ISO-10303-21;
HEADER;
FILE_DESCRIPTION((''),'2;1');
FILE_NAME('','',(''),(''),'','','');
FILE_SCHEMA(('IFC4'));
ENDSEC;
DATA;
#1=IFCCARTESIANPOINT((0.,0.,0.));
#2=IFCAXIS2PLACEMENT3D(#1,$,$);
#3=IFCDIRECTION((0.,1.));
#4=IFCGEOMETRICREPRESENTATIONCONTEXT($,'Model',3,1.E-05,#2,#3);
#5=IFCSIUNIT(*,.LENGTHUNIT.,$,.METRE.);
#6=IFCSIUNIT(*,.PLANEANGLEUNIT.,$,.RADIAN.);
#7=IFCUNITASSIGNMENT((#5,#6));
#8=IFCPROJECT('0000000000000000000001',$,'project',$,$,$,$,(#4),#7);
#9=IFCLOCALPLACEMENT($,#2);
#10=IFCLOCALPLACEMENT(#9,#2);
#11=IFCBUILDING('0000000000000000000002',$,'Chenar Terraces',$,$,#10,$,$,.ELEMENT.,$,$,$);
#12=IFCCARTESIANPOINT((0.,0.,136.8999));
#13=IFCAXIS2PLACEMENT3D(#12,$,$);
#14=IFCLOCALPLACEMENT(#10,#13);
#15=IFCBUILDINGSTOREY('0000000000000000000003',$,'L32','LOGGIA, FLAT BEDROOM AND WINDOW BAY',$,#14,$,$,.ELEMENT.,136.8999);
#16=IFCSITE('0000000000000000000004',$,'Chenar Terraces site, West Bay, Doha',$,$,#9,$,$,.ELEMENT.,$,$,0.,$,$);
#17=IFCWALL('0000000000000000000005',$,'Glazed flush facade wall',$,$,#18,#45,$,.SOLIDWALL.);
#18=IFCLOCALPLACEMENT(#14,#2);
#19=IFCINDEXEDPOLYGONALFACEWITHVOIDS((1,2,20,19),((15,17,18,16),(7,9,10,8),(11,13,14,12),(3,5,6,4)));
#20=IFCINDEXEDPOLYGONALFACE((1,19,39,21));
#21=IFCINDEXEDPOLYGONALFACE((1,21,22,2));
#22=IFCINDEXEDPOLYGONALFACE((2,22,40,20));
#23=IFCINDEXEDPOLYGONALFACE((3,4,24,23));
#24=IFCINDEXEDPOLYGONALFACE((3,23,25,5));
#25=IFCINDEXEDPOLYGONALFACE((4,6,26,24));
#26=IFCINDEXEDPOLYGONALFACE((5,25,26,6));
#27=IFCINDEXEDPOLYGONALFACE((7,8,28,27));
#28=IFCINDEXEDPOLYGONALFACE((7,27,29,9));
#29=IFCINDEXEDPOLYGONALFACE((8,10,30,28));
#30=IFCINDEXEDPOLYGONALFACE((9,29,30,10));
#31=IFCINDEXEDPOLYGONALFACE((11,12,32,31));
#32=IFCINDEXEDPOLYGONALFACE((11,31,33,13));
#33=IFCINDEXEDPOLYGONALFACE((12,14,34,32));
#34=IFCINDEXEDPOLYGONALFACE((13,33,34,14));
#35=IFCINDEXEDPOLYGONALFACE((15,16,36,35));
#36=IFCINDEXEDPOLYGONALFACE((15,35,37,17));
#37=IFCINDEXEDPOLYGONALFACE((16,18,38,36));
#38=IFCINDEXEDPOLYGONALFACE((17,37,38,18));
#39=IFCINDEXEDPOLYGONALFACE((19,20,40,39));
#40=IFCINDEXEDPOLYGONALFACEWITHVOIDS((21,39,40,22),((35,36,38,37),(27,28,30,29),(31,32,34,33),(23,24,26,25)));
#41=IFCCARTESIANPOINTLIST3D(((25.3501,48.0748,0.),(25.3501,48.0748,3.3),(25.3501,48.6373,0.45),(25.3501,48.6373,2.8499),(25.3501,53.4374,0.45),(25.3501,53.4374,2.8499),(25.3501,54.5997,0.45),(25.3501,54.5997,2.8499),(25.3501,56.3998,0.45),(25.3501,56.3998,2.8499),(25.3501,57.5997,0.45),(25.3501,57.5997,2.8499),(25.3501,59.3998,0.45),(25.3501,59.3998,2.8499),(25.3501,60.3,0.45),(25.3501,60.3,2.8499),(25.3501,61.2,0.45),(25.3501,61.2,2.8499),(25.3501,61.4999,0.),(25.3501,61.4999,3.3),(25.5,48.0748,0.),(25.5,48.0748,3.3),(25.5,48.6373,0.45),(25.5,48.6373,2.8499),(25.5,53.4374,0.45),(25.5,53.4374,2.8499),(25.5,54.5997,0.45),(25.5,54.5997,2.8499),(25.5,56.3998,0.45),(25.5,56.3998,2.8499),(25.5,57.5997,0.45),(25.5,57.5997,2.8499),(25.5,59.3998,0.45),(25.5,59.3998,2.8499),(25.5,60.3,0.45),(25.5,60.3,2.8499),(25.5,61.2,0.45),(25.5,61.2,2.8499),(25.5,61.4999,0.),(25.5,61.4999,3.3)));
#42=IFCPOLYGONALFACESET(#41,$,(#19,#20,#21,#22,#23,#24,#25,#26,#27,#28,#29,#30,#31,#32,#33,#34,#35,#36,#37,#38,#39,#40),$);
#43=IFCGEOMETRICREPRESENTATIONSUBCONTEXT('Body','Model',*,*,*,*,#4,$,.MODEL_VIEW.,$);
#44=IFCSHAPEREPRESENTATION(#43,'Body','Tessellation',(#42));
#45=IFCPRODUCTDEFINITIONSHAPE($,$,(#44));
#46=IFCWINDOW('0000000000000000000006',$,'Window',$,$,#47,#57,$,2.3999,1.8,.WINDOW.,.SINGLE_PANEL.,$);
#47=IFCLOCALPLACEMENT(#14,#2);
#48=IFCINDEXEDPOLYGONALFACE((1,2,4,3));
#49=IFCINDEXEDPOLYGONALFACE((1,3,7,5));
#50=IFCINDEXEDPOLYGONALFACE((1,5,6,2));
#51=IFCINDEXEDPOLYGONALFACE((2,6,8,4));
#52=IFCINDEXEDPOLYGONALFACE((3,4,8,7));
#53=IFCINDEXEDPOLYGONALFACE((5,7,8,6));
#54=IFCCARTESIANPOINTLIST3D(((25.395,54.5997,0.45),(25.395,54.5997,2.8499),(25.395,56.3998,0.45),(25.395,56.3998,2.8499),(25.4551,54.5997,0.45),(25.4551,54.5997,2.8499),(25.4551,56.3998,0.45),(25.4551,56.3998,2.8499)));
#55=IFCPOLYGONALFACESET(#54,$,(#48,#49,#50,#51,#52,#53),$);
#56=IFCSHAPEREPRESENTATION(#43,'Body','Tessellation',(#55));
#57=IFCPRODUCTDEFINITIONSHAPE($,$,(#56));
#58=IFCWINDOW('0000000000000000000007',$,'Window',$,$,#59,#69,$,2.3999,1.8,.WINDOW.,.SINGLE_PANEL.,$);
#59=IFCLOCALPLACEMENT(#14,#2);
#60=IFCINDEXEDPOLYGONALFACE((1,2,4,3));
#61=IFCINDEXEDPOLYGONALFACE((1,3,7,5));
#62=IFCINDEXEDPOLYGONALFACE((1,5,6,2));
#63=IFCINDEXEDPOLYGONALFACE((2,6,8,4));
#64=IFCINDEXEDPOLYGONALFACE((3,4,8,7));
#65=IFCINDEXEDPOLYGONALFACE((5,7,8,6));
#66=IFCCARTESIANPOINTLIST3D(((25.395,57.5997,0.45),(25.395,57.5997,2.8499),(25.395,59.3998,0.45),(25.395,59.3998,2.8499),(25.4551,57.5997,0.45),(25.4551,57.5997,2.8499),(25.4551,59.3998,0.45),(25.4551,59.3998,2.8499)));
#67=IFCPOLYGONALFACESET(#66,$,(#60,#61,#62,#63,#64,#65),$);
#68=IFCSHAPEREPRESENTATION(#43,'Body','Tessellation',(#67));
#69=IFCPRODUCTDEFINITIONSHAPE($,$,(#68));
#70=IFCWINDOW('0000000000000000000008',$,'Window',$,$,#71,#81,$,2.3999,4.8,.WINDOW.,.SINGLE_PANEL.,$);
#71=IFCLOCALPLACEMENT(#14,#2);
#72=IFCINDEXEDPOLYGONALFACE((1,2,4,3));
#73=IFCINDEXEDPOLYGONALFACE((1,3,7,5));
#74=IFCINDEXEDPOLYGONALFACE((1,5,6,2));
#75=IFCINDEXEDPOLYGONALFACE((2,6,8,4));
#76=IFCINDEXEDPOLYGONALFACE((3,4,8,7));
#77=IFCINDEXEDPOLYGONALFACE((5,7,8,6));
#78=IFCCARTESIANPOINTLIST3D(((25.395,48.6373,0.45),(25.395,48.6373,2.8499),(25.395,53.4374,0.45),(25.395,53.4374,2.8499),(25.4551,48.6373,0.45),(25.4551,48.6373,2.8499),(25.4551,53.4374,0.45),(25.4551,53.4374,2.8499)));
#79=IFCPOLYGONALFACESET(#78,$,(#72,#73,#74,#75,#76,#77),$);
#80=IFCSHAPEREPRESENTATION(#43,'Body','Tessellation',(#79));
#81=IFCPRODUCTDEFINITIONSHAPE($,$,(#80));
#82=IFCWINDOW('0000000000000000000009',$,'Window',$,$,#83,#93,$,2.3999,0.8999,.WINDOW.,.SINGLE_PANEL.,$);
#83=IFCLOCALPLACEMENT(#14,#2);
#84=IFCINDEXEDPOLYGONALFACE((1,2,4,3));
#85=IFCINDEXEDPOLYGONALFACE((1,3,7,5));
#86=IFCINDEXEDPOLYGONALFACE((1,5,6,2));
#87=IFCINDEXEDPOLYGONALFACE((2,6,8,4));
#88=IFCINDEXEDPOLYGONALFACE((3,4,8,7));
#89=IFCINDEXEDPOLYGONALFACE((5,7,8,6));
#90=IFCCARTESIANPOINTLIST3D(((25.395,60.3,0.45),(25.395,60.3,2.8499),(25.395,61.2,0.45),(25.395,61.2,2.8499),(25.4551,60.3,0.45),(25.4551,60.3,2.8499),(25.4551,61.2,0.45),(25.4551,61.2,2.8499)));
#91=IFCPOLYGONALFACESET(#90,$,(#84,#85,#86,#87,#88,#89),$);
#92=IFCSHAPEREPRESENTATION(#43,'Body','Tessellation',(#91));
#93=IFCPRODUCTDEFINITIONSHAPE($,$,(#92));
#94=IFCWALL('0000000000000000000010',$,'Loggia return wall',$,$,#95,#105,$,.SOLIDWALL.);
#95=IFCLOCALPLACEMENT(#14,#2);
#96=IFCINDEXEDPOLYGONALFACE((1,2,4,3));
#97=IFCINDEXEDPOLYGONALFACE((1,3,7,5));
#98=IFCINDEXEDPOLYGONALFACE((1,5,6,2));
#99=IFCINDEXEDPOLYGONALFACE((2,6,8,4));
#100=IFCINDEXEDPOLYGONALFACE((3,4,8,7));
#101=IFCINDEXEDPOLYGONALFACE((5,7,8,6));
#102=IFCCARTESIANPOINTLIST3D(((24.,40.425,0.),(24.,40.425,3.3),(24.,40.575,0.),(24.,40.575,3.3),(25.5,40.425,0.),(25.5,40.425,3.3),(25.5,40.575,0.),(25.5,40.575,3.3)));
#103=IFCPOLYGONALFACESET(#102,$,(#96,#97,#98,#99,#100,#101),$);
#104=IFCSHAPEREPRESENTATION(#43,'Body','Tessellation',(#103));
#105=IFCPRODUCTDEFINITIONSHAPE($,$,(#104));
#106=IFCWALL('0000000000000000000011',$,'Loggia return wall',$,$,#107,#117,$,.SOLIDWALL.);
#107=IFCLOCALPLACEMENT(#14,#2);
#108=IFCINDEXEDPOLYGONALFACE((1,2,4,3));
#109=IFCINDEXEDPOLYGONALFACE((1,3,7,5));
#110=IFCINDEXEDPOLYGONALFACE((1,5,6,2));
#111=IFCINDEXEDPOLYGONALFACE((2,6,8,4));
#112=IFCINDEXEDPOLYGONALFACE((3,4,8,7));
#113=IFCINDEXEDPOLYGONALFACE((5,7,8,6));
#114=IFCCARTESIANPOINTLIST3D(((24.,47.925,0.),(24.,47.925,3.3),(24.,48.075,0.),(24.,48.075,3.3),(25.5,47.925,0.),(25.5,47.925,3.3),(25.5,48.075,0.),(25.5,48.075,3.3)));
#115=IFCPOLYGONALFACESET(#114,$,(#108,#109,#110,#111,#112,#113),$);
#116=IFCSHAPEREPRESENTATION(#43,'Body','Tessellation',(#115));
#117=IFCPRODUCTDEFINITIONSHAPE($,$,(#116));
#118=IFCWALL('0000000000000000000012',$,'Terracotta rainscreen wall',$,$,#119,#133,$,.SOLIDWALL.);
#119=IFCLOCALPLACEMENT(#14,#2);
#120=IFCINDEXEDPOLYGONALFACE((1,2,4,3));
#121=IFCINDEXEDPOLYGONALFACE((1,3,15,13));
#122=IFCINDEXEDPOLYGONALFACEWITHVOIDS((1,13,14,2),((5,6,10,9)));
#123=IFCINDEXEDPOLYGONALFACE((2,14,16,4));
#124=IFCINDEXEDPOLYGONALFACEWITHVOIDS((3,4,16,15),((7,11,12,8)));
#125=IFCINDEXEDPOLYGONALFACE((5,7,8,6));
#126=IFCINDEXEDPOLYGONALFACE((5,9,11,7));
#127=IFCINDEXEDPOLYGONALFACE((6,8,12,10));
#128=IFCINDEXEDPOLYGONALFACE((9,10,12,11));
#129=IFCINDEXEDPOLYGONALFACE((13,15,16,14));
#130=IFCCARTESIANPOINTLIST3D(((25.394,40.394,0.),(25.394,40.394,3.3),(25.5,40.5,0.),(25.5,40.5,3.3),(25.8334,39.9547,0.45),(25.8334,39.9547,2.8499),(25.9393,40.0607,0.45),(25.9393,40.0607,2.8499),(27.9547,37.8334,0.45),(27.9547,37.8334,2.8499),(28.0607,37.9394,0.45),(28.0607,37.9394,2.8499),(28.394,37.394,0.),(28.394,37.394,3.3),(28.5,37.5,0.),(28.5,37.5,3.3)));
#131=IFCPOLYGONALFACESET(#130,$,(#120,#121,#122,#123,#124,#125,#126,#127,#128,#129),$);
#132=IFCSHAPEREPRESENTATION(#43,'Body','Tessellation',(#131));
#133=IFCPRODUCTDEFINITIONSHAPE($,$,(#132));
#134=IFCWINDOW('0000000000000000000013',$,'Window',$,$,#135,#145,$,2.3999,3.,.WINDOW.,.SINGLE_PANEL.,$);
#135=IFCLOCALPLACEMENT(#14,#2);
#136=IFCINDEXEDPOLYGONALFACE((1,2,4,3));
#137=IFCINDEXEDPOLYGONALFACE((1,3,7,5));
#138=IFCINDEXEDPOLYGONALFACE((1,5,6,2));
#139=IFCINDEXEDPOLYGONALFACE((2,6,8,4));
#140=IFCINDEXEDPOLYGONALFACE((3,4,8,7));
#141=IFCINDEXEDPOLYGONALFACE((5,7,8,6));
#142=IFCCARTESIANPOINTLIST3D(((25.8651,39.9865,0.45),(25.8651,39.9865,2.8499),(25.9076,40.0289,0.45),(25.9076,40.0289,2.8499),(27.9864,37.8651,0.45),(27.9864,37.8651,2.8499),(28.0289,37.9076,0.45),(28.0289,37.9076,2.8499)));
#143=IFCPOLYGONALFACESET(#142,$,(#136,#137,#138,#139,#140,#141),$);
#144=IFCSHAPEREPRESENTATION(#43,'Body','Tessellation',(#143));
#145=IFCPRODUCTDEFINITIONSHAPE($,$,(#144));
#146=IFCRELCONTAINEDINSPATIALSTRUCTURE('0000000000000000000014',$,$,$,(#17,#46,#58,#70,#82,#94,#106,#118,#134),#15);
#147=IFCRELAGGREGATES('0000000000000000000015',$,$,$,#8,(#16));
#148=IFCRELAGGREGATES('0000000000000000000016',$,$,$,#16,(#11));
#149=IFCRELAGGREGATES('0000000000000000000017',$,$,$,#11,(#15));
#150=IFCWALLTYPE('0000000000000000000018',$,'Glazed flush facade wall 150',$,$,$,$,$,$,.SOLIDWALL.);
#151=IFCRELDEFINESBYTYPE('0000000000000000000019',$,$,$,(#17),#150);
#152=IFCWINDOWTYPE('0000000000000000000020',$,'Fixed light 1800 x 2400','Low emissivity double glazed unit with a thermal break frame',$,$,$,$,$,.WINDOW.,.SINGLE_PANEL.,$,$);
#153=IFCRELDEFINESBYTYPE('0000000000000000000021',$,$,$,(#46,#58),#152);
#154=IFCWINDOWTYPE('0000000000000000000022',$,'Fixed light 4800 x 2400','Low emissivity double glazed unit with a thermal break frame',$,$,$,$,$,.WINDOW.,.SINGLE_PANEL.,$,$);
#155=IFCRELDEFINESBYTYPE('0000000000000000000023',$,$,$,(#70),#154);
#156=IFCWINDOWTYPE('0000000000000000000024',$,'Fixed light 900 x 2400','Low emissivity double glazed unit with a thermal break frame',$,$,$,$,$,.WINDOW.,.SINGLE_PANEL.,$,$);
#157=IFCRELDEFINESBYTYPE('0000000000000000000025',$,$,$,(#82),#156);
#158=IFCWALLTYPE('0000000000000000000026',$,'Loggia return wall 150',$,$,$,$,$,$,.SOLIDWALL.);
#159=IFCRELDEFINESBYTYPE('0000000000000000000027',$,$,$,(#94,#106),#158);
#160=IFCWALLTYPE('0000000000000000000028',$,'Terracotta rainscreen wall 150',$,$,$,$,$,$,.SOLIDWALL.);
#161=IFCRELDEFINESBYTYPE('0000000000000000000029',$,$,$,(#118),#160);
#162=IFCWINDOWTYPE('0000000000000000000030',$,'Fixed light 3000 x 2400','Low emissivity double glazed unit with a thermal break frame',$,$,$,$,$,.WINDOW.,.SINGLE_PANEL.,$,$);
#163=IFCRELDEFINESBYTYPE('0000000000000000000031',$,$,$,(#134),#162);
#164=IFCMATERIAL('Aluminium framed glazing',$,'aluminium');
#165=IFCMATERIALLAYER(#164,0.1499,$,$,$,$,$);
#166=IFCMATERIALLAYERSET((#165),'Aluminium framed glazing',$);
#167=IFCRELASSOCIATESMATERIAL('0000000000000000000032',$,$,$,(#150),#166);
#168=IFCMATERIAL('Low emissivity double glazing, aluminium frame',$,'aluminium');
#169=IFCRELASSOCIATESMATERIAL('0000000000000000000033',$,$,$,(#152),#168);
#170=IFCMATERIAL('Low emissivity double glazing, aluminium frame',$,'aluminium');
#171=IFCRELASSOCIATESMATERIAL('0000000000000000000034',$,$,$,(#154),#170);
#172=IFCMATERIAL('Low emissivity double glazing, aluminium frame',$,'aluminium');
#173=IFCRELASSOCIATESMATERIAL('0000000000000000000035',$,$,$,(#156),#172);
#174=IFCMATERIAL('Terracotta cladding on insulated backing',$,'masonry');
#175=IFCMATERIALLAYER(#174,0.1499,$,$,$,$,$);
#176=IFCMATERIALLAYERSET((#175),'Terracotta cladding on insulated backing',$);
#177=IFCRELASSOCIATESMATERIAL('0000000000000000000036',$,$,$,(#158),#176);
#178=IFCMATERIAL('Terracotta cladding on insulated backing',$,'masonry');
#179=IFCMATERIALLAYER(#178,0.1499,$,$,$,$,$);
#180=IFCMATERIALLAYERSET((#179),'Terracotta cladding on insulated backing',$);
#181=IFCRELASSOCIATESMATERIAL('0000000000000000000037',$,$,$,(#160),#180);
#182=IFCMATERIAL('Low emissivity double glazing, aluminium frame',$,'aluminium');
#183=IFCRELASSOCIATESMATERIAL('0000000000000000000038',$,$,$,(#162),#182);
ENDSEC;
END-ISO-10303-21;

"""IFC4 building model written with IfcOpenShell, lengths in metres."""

from ifc_helpers import new_model, si_unit, direction, frame, frame_2d, origin, place, context, subcontext, project, spatial, rectangle, extrude, material, layer, layer_set, type_object, element, fill, save


model = new_model("IFC4")

# Units and contexts
model_context = context("Model", 3, precision=1e-05, world=origin(), true_north=direction((0.0, 1.0)))
body_context = subcontext(model_context, "Body", "Model", "MODEL_VIEW")
ifc_project = project(units=[si_unit("LENGTHUNIT", "METRE"), si_unit("PLANEANGLEUNIT", "RADIAN")], contexts=[model_context])

# Site, building, storey
site_placement = place(None, origin())
site = spatial("IfcSite", under=ifc_project, at=site_placement, Name="Chenar Terraces site, West Bay, Doha", CompositionType="ELEMENT", RefElevation=0.0)
building_placement = place(site_placement, origin())
building = spatial("IfcBuilding", under=site, at=building_placement, Name="Chenar Terraces", CompositionType="ELEMENT")
storey_placement = place(building_placement, frame((0.0, 0.0, 136.8999)))
storey = spatial("IfcBuildingStorey", under=building, at=storey_placement, Name="L32", Description="LOGGIA, FLAT BEDROOM AND WINDOW BAY", CompositionType="ELEMENT", Elevation=136.8999)

# Wall, openings, windows
ifc_material_1 = material(Name="Aluminium framed glazing", Category="aluminium")
ifc_layer_1 = layer(ifc_material_1, 0.1499)
ifc_layer_set_1 = layer_set([ifc_layer_1], Name="Aluminium framed glazing")
wall_type_1 = type_object("IfcWallType", Name="Glazed flush facade wall 150", PredefinedType="SOLIDWALL", material=ifc_layer_set_1)
wall_1_placement = place(storey_placement, frame((25.425, 48.075, 0.0), z_axis=(0.0, 0.0, 1.0), x_axis=(0.0, 1.0, 0.0)))
wall_1 = element("IfcWall", 1, at=wall_1_placement, inside=storey, type_object=wall_type_1, Name="Glazed flush facade wall", PredefinedType="SOLIDWALL", context=body_context, shape_type="SweptSolid", body=[
    extrude(rectangle(XDim=13.425, YDim=0.1499, at=frame_2d((6.7124, 0.0))), origin(), (0.0, 0.0, 1.0), 3.3),
])
opening_1_placement = place(wall_1_placement, frame((0.5625, 0.0, 0.45)))
opening_1 = element("IfcOpeningElement", 2, at=opening_1_placement, cuts=wall_1, PredefinedType="OPENING", context=body_context, shape_type="SweptSolid", body=[
    extrude(rectangle(XDim=4.8, YDim=2.3999, at=frame_2d((2.3999, 1.2))), frame((0.0, 0.085, 0.0), z_axis=(0.0, -1.0, 0.0), x_axis=(1.0, 0.0, 0.0)), (0.0, 0.0, 1.0), 0.1699),
])
opening_2_placement = place(wall_1_placement, frame((6.5249, 0.0, 0.45)))
opening_2 = element("IfcOpeningElement", 3, at=opening_2_placement, cuts=wall_1, PredefinedType="OPENING", context=body_context, shape_type="SweptSolid", body=[
    extrude(rectangle(XDim=1.8, YDim=2.3999, at=frame_2d((0.8999, 1.2))), frame((0.0, 0.085, 0.0), z_axis=(0.0, -1.0, 0.0), x_axis=(1.0, 0.0, 0.0)), (0.0, 0.0, 1.0), 0.1699),
])
opening_3_placement = place(wall_1_placement, frame((9.5249, 0.0, 0.45)))
opening_3 = element("IfcOpeningElement", 4, at=opening_3_placement, cuts=wall_1, PredefinedType="OPENING", context=body_context, shape_type="SweptSolid", body=[
    extrude(rectangle(XDim=1.8, YDim=2.3999, at=frame_2d((0.8999, 1.2))), frame((0.0, 0.085, 0.0), z_axis=(0.0, -1.0, 0.0), x_axis=(1.0, 0.0, 0.0)), (0.0, 0.0, 1.0), 0.1699),
])
opening_4_placement = place(wall_1_placement, frame((12.2251, 0.0, 0.45)))
opening_4 = element("IfcOpeningElement", 5, at=opening_4_placement, cuts=wall_1, PredefinedType="OPENING", context=body_context, shape_type="SweptSolid", body=[
    extrude(rectangle(XDim=0.8999, YDim=2.3999, at=frame_2d((0.45, 1.2))), frame((0.0, 0.085, 0.0), z_axis=(0.0, -1.0, 0.0), x_axis=(1.0, 0.0, 0.0)), (0.0, 0.0, 1.0), 0.1699),
])
ifc_material_2 = material(Name="Low emissivity double glazing, aluminium frame", Category="aluminium")
window_type_1 = type_object("IfcWindowType", Name="Fixed light 1800 x 2400", Description="Low emissivity double glazed unit with a thermal break frame", PartitioningType="SINGLE_PANEL", PredefinedType="WINDOW", material=ifc_material_2)
window_1_placement = place(opening_2_placement, origin())
window_1 = element("IfcWindow", 6, at=window_1_placement, inside=storey, type_object=window_type_1, Name="Window", OverallHeight=2.3999, OverallWidth=1.8, PartitioningType="SINGLE_PANEL", PredefinedType="WINDOW", context=body_context, shape_type="SweptSolid", body=[
    extrude(rectangle(XDim=1.8, YDim=2.3999, at=frame_2d((0.8999, 1.2))), frame((0.0, 0.03, 0.0), z_axis=(0.0, -1.0, 0.0), x_axis=(1.0, 0.0, 0.0)), (0.0, 0.0, 1.0), 0.0601),
])
fill(opening_2, window_1)
window_2_placement = place(opening_3_placement, origin())
window_2 = element("IfcWindow", 7, at=window_2_placement, inside=storey, type_object=window_type_1, Name="Window", OverallHeight=2.3999, OverallWidth=1.8, PartitioningType="SINGLE_PANEL", PredefinedType="WINDOW", context=body_context, shape_type="SweptSolid", body=[
    extrude(rectangle(XDim=1.8, YDim=2.3999, at=frame_2d((0.8999, 1.2))), frame((0.0, 0.03, 0.0), z_axis=(0.0, -1.0, 0.0), x_axis=(1.0, 0.0, 0.0)), (0.0, 0.0, 1.0), 0.0601),
])
fill(opening_3, window_2)
ifc_material_3 = material(Name="Low emissivity double glazing, aluminium frame", Category="aluminium")
window_type_2 = type_object("IfcWindowType", Name="Fixed light 4800 x 2400", Description="Low emissivity double glazed unit with a thermal break frame", PartitioningType="SINGLE_PANEL", PredefinedType="WINDOW", material=ifc_material_3)
window_3_placement = place(opening_1_placement, origin())
window_3 = element("IfcWindow", 8, at=window_3_placement, inside=storey, type_object=window_type_2, Name="Window", OverallHeight=2.3999, OverallWidth=4.8, PartitioningType="SINGLE_PANEL", PredefinedType="WINDOW", context=body_context, shape_type="SweptSolid", body=[
    extrude(rectangle(XDim=4.8, YDim=2.3999, at=frame_2d((2.3999, 1.2))), frame((0.0, 0.03, 0.0), z_axis=(0.0, -1.0, 0.0), x_axis=(1.0, 0.0, 0.0)), (0.0, 0.0, 1.0), 0.0601),
])
fill(opening_1, window_3)
ifc_material_4 = material(Name="Low emissivity double glazing, aluminium frame", Category="aluminium")
window_type_3 = type_object("IfcWindowType", Name="Fixed light 900 x 2400", Description="Low emissivity double glazed unit with a thermal break frame", PartitioningType="SINGLE_PANEL", PredefinedType="WINDOW", material=ifc_material_4)
window_4_placement = place(opening_4_placement, origin())
window_4 = element("IfcWindow", 9, at=window_4_placement, inside=storey, type_object=window_type_3, Name="Window", OverallHeight=2.3999, OverallWidth=0.8999, PartitioningType="SINGLE_PANEL", PredefinedType="WINDOW", context=body_context, shape_type="SweptSolid", body=[
    extrude(rectangle(XDim=0.8999, YDim=2.3999, at=frame_2d((0.45, 1.2))), frame((0.0, 0.03, 0.0), z_axis=(0.0, -1.0, 0.0), x_axis=(1.0, 0.0, 0.0)), (0.0, 0.0, 1.0), 0.0601),
])
fill(opening_4, window_4)

# Walls
ifc_material_5 = material(Name="Terracotta cladding on insulated backing", Category="masonry")
ifc_layer_2 = layer(ifc_material_5, 0.1499)
ifc_layer_set_2 = layer_set([ifc_layer_2], Name="Terracotta cladding on insulated backing")
wall_type_2 = type_object("IfcWallType", Name="Loggia return wall 150", PredefinedType="SOLIDWALL", material=ifc_layer_set_2)
for number, where, z_axis, x_axis, name in (
    (10, (25.5, 40.5, 0.0), (0.0, 0.0, 1.0), (-1.0, 0.0, 0.0), "Loggia return wall"),
    (11, (25.5, 48.0, 0.0), (0.0, 0.0, 1.0), (-1.0, 0.0, 0.0), "Loggia return wall"),
):
    element("IfcWall", number, at=place(storey_placement, frame(where, z_axis=z_axis, x_axis=x_axis)), inside=storey, type_object=wall_type_2, Name=name, PredefinedType="SOLIDWALL", context=body_context, shape_type="SweptSolid", body=[
        extrude(rectangle(XDim=1.5, YDim=0.1499, at=frame_2d((0.75, 0.0))), origin(), (0.0, 0.0, 1.0), 3.3),
    ])

# Wall, opening, window
ifc_material_6 = material(Name="Terracotta cladding on insulated backing", Category="masonry")
ifc_layer_3 = layer(ifc_material_6, 0.1499)
ifc_layer_set_3 = layer_set([ifc_layer_3], Name="Terracotta cladding on insulated backing")
wall_type_3 = type_object("IfcWallType", Name="Terracotta rainscreen wall 150", PredefinedType="SOLIDWALL", material=ifc_layer_set_3)
wall_2_placement = place(storey_placement, frame((28.447, 37.447, 0.0), z_axis=(0.0, 0.0, 1.0), x_axis=(-0.707107, 0.707107, 0.0)))
wall_2 = element("IfcWall", 12, at=wall_2_placement, inside=storey, type_object=wall_type_3, Name="Terracotta rainscreen wall", PredefinedType="SOLIDWALL", context=body_context, shape_type="SweptSolid", body=[
    extrude(rectangle(XDim=4.2427, YDim=0.1499, at=frame_2d((2.1213, 0.0))), origin(), (0.0, 0.0, 1.0), 3.3),
])
opening_5_placement = place(wall_2_placement, frame((0.6213, 0.0, 0.45)))
opening_5 = element("IfcOpeningElement", 13, at=opening_5_placement, cuts=wall_2, PredefinedType="OPENING", context=body_context, shape_type="SweptSolid", body=[
    extrude(rectangle(XDim=3.0, YDim=2.3999, at=frame_2d((1.5, 1.2))), frame((0.0, 0.085, 0.0), z_axis=(0.0, -1.0, 0.0), x_axis=(1.0, 0.0, 0.0)), (0.0, 0.0, 1.0), 0.1699),
])
ifc_material_7 = material(Name="Low emissivity double glazing, aluminium frame", Category="aluminium")
window_type_4 = type_object("IfcWindowType", Name="Fixed light 3000 x 2400", Description="Low emissivity double glazed unit with a thermal break frame", PartitioningType="SINGLE_PANEL", PredefinedType="WINDOW", material=ifc_material_7)
window_5_placement = place(opening_5_placement, origin())
window_5 = element("IfcWindow", 14, at=window_5_placement, inside=storey, type_object=window_type_4, Name="Window", OverallHeight=2.3999, OverallWidth=3.0, PartitioningType="SINGLE_PANEL", PredefinedType="WINDOW", context=body_context, shape_type="SweptSolid", body=[
    extrude(rectangle(XDim=3.0, YDim=2.3999, at=frame_2d((1.5, 1.2))), frame((0.0, 0.03, 0.0), z_axis=(0.0, -1.0, 0.0), x_axis=(1.0, 0.0, 0.0)), (0.0, 0.0, 1.0), 0.0601),
])
fill(opening_5, window_5)

save(model, "model.ifc")
